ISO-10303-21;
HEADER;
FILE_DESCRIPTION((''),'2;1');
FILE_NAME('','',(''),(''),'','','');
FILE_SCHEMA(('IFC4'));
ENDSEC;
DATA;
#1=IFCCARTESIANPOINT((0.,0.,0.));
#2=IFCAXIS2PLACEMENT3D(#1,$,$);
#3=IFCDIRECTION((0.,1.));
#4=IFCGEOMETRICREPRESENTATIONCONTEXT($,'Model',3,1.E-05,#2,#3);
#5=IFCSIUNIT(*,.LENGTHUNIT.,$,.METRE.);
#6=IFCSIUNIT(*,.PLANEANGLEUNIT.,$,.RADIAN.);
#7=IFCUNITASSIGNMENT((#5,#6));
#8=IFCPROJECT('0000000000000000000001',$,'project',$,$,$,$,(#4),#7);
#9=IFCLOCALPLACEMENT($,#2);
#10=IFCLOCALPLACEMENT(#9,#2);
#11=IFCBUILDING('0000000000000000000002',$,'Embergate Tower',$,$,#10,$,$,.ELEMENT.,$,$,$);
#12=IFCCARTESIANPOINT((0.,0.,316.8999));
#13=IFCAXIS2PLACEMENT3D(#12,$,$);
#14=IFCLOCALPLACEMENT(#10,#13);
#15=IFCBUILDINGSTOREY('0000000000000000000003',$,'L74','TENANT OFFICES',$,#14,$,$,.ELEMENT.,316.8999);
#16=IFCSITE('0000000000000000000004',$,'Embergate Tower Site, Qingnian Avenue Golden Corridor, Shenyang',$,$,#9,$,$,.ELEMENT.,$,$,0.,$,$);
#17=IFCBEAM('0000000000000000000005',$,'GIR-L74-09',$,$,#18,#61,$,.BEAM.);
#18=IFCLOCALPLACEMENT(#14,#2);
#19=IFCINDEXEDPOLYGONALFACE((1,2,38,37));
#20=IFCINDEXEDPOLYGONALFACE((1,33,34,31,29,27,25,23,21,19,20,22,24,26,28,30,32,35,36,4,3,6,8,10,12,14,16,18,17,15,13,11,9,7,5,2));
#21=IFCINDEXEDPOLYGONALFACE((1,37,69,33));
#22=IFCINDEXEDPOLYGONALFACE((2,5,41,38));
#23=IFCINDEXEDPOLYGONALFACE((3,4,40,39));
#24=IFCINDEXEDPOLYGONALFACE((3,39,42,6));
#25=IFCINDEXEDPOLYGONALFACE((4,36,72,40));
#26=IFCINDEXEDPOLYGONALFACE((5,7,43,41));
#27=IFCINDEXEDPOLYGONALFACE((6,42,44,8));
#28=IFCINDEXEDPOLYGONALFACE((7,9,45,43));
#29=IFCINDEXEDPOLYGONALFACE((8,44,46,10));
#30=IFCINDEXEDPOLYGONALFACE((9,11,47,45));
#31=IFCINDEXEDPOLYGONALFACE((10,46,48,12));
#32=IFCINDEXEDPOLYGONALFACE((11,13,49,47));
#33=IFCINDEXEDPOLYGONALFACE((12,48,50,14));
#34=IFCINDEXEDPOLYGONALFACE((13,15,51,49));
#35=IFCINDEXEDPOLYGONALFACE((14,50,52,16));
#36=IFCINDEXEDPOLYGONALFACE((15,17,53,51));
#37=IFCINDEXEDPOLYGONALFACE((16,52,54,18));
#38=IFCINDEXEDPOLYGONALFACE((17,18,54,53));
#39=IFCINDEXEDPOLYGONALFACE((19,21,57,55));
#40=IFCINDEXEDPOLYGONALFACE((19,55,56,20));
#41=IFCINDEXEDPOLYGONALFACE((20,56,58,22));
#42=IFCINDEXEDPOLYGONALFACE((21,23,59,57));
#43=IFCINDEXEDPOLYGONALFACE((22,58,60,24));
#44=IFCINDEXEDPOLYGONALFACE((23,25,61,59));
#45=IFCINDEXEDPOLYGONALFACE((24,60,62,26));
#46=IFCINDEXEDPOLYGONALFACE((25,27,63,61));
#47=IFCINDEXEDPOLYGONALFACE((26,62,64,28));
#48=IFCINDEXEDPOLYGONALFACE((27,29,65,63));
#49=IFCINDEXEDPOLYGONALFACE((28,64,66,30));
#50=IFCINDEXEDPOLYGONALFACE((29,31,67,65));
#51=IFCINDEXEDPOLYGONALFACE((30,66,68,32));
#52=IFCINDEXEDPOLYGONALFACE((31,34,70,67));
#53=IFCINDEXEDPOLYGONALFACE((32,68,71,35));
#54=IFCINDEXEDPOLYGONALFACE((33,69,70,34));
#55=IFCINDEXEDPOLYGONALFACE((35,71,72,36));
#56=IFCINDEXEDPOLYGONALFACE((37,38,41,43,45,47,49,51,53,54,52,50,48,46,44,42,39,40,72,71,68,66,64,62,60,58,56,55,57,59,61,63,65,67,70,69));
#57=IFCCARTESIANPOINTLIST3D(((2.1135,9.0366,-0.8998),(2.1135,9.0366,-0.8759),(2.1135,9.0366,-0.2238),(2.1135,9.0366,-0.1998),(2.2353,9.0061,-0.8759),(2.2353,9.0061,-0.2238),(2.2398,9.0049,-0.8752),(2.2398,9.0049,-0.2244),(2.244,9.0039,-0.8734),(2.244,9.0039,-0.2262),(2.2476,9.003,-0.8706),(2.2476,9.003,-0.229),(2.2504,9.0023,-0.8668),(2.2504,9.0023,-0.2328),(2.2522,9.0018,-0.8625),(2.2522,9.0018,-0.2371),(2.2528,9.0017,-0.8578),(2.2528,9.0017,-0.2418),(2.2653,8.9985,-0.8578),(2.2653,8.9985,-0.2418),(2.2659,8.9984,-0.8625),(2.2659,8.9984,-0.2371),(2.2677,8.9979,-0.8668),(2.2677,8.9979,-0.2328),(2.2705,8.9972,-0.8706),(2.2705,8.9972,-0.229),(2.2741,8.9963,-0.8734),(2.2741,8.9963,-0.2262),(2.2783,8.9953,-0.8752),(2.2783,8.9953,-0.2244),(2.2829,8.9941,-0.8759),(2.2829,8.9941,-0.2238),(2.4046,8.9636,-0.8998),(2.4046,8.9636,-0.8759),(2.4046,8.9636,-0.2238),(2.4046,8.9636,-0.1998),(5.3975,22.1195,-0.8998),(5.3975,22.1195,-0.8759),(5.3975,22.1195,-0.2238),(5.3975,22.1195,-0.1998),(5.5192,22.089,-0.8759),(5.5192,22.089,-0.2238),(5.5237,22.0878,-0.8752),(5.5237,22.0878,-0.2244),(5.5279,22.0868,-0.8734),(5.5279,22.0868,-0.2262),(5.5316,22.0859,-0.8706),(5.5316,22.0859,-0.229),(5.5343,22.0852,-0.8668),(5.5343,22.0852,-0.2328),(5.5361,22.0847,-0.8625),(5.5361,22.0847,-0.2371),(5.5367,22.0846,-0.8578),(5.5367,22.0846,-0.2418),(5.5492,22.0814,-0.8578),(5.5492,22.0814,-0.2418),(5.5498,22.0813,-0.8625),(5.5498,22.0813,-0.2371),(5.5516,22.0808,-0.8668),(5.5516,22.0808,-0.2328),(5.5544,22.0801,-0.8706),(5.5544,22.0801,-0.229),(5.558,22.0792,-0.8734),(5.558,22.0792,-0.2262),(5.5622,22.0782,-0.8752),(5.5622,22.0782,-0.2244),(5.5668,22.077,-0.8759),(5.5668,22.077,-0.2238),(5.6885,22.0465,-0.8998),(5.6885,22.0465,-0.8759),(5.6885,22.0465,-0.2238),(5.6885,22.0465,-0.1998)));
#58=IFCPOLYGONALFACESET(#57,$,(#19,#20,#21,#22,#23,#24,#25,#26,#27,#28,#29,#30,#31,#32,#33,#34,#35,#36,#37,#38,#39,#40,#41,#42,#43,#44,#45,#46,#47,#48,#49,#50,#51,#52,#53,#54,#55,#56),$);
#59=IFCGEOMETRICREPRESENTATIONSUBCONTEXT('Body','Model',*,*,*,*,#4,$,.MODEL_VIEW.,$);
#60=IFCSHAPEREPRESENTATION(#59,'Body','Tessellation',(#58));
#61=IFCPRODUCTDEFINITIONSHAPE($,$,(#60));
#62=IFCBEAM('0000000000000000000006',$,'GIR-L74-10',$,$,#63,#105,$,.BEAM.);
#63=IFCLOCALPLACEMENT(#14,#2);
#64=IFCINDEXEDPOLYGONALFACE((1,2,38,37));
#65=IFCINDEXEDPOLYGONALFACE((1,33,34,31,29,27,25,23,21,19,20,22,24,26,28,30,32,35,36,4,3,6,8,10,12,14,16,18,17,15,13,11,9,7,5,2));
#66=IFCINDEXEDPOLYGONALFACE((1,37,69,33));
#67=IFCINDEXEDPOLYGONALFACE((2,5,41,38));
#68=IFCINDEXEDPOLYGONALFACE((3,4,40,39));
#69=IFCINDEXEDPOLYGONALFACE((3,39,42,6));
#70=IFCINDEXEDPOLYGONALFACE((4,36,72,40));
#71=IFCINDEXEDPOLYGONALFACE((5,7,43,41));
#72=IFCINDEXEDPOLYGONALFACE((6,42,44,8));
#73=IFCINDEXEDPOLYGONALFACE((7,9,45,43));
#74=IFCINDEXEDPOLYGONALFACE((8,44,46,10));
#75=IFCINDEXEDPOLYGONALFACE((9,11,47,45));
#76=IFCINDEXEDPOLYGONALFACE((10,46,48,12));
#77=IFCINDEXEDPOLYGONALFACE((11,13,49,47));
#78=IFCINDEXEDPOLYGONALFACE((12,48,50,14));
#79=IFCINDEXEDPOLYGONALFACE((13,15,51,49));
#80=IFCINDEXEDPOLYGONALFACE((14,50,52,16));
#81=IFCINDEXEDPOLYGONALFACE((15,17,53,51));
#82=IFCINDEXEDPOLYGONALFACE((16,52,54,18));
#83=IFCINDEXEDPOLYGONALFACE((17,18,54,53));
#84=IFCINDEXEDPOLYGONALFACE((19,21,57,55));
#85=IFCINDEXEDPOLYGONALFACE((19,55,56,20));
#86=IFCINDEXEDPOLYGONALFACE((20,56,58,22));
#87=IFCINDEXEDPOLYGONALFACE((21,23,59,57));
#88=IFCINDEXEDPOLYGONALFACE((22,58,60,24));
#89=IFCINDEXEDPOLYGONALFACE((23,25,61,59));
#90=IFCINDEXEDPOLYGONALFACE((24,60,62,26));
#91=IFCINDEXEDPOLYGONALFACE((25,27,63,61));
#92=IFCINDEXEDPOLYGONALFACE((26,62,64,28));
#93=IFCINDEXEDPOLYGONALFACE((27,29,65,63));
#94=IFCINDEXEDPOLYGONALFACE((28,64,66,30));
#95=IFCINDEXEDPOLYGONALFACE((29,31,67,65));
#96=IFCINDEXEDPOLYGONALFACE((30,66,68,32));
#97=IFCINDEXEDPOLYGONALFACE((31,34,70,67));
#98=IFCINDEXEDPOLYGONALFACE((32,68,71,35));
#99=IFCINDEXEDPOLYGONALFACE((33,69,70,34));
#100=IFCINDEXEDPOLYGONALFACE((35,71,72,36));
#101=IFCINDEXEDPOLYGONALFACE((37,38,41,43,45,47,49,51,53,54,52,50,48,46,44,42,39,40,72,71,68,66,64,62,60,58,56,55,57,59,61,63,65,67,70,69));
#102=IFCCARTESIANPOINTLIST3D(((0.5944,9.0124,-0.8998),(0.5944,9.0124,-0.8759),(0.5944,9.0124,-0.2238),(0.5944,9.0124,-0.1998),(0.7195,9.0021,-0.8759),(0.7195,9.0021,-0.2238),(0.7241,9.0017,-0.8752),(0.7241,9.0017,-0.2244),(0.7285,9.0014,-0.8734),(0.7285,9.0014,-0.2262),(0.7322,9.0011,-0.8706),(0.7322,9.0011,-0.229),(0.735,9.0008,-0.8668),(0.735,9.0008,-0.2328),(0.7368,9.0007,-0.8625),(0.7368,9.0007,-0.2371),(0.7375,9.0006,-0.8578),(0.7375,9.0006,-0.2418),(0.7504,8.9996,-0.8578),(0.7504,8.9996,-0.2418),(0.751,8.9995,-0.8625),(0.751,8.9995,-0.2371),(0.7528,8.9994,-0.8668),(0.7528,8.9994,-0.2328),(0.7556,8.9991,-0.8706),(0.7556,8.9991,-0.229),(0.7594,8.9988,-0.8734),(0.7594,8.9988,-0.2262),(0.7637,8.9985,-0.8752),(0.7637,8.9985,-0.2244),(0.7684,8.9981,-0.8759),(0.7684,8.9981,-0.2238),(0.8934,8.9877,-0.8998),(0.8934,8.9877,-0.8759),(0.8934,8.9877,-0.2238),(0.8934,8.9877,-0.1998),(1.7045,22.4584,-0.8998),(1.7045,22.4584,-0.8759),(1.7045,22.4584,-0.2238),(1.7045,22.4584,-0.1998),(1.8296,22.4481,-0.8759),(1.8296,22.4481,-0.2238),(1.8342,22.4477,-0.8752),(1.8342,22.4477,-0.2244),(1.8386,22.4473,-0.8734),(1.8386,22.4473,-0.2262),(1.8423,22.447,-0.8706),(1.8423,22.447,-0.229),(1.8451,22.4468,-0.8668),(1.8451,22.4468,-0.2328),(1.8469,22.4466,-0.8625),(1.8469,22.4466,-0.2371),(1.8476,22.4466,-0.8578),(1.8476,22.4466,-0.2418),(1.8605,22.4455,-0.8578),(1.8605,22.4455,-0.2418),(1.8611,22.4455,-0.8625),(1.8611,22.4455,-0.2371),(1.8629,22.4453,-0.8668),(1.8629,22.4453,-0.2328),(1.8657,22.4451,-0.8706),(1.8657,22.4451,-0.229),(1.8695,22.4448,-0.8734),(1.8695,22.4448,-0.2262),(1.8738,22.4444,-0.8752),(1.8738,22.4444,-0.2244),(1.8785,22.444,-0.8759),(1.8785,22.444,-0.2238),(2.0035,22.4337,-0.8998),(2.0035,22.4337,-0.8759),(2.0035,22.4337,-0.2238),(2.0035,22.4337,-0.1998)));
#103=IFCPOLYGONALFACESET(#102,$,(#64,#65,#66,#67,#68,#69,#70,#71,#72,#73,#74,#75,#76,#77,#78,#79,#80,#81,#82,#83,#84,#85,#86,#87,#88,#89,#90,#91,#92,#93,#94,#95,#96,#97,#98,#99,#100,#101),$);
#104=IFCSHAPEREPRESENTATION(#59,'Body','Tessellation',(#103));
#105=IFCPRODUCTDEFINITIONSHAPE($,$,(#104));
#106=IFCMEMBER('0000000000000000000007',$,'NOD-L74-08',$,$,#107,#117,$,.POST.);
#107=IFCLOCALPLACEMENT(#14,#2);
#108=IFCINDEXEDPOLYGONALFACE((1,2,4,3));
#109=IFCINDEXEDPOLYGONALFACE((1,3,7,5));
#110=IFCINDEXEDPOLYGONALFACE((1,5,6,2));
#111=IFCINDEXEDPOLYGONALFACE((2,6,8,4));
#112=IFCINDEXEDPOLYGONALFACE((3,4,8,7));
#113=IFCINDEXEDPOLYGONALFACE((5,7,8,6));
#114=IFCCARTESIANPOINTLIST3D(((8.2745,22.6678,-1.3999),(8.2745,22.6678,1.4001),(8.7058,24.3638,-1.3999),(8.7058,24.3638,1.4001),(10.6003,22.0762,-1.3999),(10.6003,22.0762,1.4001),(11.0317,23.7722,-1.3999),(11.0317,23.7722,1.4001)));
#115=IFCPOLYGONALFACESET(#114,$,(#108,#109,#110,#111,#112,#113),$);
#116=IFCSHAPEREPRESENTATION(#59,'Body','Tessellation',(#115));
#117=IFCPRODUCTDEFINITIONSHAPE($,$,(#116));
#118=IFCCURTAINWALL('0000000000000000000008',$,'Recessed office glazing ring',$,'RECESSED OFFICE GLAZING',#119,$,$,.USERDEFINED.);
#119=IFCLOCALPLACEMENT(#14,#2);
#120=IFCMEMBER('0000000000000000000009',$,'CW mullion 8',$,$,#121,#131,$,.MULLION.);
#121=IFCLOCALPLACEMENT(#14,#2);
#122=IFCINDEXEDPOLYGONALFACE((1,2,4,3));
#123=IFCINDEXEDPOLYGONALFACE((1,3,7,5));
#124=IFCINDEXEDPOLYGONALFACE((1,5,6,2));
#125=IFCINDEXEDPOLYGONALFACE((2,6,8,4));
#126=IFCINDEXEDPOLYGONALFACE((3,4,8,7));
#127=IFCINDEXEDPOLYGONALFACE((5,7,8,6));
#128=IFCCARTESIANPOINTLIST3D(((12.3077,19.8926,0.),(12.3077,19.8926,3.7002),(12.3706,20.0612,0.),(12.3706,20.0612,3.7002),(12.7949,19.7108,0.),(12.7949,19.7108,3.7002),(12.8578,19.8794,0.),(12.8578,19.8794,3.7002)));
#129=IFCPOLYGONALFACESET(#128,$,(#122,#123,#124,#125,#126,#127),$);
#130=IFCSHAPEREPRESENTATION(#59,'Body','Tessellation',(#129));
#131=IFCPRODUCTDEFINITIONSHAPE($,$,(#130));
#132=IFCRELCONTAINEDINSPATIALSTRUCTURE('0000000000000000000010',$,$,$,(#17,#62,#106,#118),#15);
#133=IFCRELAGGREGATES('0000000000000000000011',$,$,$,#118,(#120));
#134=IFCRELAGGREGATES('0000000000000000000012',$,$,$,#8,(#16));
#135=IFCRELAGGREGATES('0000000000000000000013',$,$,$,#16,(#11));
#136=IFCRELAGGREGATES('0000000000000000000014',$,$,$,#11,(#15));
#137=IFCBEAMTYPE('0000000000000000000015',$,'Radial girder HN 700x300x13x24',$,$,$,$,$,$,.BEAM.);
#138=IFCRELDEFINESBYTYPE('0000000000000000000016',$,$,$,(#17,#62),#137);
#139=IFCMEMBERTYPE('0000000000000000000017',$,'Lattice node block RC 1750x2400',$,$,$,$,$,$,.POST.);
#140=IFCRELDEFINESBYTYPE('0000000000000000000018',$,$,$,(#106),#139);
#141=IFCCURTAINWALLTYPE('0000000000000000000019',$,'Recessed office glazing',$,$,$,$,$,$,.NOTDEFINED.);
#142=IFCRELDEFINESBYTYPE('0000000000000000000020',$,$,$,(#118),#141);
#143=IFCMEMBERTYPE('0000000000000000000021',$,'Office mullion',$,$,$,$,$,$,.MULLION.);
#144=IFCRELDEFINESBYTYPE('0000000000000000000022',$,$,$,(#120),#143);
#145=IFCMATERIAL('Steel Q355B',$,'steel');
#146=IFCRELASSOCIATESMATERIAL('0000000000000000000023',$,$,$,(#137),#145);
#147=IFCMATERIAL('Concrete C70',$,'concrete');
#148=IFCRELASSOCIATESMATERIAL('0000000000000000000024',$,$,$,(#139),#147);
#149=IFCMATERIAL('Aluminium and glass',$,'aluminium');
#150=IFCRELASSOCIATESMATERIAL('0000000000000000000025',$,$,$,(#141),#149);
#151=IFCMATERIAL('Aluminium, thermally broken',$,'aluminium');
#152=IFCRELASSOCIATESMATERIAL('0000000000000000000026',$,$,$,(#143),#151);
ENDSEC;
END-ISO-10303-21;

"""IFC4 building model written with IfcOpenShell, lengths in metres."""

from ifc_helpers import new_model, si_unit, direction, frame, origin, origin_2d, place, context, subcontext, project, spatial, rectangle, i_section, extrude, source, transform, mapped, material, material_profile, profile_set, type_object, element, aggregate, save


model = new_model("IFC4")

# Units and contexts
model_context = context("Model", 3, precision=1e-05, world=origin(), true_north=direction((0.0, 1.0)))
body_context = subcontext(model_context, "Body", "Model", "MODEL_VIEW")
ifc_project = project(units=[si_unit("LENGTHUNIT", "METRE"), si_unit("PLANEANGLEUNIT", "RADIAN")], contexts=[model_context])

# Site, building, storey
site_placement = place(None, origin())
site = spatial("IfcSite", under=ifc_project, at=site_placement, Name="Embergate Tower Site, Qingnian Avenue Golden Corridor, Shenyang", CompositionType="ELEMENT", RefElevation=0.0)
building_placement = place(site_placement, origin())
building = spatial("IfcBuilding", under=site, at=building_placement, Name="Embergate Tower", CompositionType="ELEMENT")
storey_placement = place(building_placement, frame((0.0, 0.0, 316.8999)))
storey = spatial("IfcBuildingStorey", under=building, at=storey_placement, Name="L74", Description="TENANT OFFICES", CompositionType="ELEMENT", Elevation=316.8999)

# Beams
ifc_material_1 = material(Name="Steel Q355B", Category="steel")
ifc_material_profile_1 = material_profile(ifc_material_1, i_section(OverallWidth=0.3, OverallDepth=0.7, WebThickness=0.0129, FlangeThickness=0.0239, FilletRadius=0.0181, at=origin_2d()), Name="HN 700x300x13x24")
ifc_profile_set_1 = profile_set([ifc_material_profile_1], Name="Steel Q355 grade B")
beam_type_1 = type_object("IfcBeamType", Name="Radial girder HN 700x300x13x24", PredefinedType="BEAM", material=ifc_profile_set_1)
shared_shape_1 = source(origin(), body_context, "Body", "SweptSolid", [
    extrude(i_section(OverallWidth=0.3, OverallDepth=0.7, WebThickness=0.0129, FlangeThickness=0.0239, FilletRadius=0.0181, at=origin_2d()), origin(), (0.0, 0.0, 1.0), 13.4888),
])
beam_1_placement = place(storey_placement, frame((5.543, 22.083, -0.5498), z_axis=(-0.243455, -0.969912, 0.0), x_axis=(0.969912, -0.243455, 0.0)))
element("IfcBeam", 1, at=beam_1_placement, inside=storey, type_object=beam_type_1, Name="GIR-L74-09", PredefinedType="BEAM", context=body_context, shape_type="MappedRepresentation", body=[
    mapped(shared_shape_1, transform((0.0, 0.0, 0.0))),
])
shared_shape_2 = source(origin(), body_context, "Body", "SweptSolid", [
    extrude(i_section(OverallWidth=0.3, OverallDepth=0.7, WebThickness=0.0129, FlangeThickness=0.0239, FilletRadius=0.0181, at=origin_2d()), origin(), (0.0, 0.0, 1.0), 13.4917),
])
beam_2_placement = place(storey_placement, frame((1.854, 22.446, -0.5498), z_axis=(-0.08228, -0.996609, 0.0), x_axis=(0.996609, -0.08228, 0.0)))
element("IfcBeam", 2, at=beam_2_placement, inside=storey, type_object=beam_type_1, Name="GIR-L74-10", PredefinedType="BEAM", context=body_context, shape_type="MappedRepresentation", body=[
    mapped(shared_shape_2, transform((0.0, 0.0, 0.0))),
])

# Member
ifc_material_2 = material(Name="Concrete C70", Category="concrete")
ifc_material_profile_2 = material_profile(ifc_material_2, rectangle(XDim=1.75, YDim=2.3999, at=origin_2d()), Name="RC 1750x2400")
ifc_profile_set_2 = profile_set([ifc_material_profile_2], Name="Concrete C70")
member_type_1 = type_object("IfcMemberType", Name="Lattice node block RC 1750x2400", PredefinedType="POST", material=ifc_profile_set_2)
shared_shape_3 = source(origin(), body_context, "Body", "SweptSolid", [
    extrude(rectangle(XDim=1.75, YDim=2.3999, at=origin_2d()), origin(), (0.0, 0.0, 1.0), 2.8),
])
member_1_placement = place(storey_placement, frame((9.6531, 23.22, -1.3999), z_axis=(0.0, 0.0, 1.0), x_axis=(0.246509, 0.969141, 0.0)))
element("IfcMember", 3, at=member_1_placement, inside=storey, type_object=member_type_1, Name="NOD-L74-08", PredefinedType="POST", context=body_context, shape_type="MappedRepresentation", body=[
    mapped(shared_shape_3, transform((0.0, 0.0, 0.0))),
])

# Curtain wall, member
ifc_material_3 = material(Name="Aluminium and glass", Category="aluminium")
curtain_wall_type = type_object("IfcCurtainWallType", Name="Recessed office glazing", PredefinedType="NOTDEFINED", material=ifc_material_3)
curtain_wall_placement = place(storey_placement, origin())
curtain_wall = element("IfcCurtainWall", 4, at=curtain_wall_placement, inside=storey, type_object=curtain_wall_type, Name="Recessed office glazing ring", ObjectType="RECESSED OFFICE GLAZING", PredefinedType="USERDEFINED")
ifc_material_4 = material(Name="Aluminium, thermally broken", Category="aluminium")
ifc_material_profile_3 = material_profile(ifc_material_4, rectangle(XDim=0.1799, YDim=0.52, at=origin_2d()), Name="AL 520x180")
ifc_profile_set_3 = profile_set([ifc_material_profile_3], Name="Aluminium, thermally broken")
member_type_2 = type_object("IfcMemberType", Name="Office mullion", PredefinedType="MULLION", material=ifc_profile_set_3)
shared_shape_4 = source(origin(), body_context, "Body", "SweptSolid", [
    extrude(rectangle(XDim=0.1799, YDim=0.52, at=origin_2d()), origin(), (0.0, 0.0, 1.0), 3.7002),
])
member_2_placement = place(storey_placement, frame((12.5828, 19.886, 0.0), z_axis=(0.0, 0.0, 1.0), x_axis=(-0.349501, -0.936936, 0.0)))
member_2 = element("IfcMember", 5, at=member_2_placement, type_object=member_type_2, Name="CW mullion 8", PredefinedType="MULLION", context=body_context, shape_type="MappedRepresentation", body=[
    mapped(shared_shape_4, transform((0.0, 0.0, 0.0))),
])
aggregate(curtain_wall, [member_2])

save(model, "model.ifc")
